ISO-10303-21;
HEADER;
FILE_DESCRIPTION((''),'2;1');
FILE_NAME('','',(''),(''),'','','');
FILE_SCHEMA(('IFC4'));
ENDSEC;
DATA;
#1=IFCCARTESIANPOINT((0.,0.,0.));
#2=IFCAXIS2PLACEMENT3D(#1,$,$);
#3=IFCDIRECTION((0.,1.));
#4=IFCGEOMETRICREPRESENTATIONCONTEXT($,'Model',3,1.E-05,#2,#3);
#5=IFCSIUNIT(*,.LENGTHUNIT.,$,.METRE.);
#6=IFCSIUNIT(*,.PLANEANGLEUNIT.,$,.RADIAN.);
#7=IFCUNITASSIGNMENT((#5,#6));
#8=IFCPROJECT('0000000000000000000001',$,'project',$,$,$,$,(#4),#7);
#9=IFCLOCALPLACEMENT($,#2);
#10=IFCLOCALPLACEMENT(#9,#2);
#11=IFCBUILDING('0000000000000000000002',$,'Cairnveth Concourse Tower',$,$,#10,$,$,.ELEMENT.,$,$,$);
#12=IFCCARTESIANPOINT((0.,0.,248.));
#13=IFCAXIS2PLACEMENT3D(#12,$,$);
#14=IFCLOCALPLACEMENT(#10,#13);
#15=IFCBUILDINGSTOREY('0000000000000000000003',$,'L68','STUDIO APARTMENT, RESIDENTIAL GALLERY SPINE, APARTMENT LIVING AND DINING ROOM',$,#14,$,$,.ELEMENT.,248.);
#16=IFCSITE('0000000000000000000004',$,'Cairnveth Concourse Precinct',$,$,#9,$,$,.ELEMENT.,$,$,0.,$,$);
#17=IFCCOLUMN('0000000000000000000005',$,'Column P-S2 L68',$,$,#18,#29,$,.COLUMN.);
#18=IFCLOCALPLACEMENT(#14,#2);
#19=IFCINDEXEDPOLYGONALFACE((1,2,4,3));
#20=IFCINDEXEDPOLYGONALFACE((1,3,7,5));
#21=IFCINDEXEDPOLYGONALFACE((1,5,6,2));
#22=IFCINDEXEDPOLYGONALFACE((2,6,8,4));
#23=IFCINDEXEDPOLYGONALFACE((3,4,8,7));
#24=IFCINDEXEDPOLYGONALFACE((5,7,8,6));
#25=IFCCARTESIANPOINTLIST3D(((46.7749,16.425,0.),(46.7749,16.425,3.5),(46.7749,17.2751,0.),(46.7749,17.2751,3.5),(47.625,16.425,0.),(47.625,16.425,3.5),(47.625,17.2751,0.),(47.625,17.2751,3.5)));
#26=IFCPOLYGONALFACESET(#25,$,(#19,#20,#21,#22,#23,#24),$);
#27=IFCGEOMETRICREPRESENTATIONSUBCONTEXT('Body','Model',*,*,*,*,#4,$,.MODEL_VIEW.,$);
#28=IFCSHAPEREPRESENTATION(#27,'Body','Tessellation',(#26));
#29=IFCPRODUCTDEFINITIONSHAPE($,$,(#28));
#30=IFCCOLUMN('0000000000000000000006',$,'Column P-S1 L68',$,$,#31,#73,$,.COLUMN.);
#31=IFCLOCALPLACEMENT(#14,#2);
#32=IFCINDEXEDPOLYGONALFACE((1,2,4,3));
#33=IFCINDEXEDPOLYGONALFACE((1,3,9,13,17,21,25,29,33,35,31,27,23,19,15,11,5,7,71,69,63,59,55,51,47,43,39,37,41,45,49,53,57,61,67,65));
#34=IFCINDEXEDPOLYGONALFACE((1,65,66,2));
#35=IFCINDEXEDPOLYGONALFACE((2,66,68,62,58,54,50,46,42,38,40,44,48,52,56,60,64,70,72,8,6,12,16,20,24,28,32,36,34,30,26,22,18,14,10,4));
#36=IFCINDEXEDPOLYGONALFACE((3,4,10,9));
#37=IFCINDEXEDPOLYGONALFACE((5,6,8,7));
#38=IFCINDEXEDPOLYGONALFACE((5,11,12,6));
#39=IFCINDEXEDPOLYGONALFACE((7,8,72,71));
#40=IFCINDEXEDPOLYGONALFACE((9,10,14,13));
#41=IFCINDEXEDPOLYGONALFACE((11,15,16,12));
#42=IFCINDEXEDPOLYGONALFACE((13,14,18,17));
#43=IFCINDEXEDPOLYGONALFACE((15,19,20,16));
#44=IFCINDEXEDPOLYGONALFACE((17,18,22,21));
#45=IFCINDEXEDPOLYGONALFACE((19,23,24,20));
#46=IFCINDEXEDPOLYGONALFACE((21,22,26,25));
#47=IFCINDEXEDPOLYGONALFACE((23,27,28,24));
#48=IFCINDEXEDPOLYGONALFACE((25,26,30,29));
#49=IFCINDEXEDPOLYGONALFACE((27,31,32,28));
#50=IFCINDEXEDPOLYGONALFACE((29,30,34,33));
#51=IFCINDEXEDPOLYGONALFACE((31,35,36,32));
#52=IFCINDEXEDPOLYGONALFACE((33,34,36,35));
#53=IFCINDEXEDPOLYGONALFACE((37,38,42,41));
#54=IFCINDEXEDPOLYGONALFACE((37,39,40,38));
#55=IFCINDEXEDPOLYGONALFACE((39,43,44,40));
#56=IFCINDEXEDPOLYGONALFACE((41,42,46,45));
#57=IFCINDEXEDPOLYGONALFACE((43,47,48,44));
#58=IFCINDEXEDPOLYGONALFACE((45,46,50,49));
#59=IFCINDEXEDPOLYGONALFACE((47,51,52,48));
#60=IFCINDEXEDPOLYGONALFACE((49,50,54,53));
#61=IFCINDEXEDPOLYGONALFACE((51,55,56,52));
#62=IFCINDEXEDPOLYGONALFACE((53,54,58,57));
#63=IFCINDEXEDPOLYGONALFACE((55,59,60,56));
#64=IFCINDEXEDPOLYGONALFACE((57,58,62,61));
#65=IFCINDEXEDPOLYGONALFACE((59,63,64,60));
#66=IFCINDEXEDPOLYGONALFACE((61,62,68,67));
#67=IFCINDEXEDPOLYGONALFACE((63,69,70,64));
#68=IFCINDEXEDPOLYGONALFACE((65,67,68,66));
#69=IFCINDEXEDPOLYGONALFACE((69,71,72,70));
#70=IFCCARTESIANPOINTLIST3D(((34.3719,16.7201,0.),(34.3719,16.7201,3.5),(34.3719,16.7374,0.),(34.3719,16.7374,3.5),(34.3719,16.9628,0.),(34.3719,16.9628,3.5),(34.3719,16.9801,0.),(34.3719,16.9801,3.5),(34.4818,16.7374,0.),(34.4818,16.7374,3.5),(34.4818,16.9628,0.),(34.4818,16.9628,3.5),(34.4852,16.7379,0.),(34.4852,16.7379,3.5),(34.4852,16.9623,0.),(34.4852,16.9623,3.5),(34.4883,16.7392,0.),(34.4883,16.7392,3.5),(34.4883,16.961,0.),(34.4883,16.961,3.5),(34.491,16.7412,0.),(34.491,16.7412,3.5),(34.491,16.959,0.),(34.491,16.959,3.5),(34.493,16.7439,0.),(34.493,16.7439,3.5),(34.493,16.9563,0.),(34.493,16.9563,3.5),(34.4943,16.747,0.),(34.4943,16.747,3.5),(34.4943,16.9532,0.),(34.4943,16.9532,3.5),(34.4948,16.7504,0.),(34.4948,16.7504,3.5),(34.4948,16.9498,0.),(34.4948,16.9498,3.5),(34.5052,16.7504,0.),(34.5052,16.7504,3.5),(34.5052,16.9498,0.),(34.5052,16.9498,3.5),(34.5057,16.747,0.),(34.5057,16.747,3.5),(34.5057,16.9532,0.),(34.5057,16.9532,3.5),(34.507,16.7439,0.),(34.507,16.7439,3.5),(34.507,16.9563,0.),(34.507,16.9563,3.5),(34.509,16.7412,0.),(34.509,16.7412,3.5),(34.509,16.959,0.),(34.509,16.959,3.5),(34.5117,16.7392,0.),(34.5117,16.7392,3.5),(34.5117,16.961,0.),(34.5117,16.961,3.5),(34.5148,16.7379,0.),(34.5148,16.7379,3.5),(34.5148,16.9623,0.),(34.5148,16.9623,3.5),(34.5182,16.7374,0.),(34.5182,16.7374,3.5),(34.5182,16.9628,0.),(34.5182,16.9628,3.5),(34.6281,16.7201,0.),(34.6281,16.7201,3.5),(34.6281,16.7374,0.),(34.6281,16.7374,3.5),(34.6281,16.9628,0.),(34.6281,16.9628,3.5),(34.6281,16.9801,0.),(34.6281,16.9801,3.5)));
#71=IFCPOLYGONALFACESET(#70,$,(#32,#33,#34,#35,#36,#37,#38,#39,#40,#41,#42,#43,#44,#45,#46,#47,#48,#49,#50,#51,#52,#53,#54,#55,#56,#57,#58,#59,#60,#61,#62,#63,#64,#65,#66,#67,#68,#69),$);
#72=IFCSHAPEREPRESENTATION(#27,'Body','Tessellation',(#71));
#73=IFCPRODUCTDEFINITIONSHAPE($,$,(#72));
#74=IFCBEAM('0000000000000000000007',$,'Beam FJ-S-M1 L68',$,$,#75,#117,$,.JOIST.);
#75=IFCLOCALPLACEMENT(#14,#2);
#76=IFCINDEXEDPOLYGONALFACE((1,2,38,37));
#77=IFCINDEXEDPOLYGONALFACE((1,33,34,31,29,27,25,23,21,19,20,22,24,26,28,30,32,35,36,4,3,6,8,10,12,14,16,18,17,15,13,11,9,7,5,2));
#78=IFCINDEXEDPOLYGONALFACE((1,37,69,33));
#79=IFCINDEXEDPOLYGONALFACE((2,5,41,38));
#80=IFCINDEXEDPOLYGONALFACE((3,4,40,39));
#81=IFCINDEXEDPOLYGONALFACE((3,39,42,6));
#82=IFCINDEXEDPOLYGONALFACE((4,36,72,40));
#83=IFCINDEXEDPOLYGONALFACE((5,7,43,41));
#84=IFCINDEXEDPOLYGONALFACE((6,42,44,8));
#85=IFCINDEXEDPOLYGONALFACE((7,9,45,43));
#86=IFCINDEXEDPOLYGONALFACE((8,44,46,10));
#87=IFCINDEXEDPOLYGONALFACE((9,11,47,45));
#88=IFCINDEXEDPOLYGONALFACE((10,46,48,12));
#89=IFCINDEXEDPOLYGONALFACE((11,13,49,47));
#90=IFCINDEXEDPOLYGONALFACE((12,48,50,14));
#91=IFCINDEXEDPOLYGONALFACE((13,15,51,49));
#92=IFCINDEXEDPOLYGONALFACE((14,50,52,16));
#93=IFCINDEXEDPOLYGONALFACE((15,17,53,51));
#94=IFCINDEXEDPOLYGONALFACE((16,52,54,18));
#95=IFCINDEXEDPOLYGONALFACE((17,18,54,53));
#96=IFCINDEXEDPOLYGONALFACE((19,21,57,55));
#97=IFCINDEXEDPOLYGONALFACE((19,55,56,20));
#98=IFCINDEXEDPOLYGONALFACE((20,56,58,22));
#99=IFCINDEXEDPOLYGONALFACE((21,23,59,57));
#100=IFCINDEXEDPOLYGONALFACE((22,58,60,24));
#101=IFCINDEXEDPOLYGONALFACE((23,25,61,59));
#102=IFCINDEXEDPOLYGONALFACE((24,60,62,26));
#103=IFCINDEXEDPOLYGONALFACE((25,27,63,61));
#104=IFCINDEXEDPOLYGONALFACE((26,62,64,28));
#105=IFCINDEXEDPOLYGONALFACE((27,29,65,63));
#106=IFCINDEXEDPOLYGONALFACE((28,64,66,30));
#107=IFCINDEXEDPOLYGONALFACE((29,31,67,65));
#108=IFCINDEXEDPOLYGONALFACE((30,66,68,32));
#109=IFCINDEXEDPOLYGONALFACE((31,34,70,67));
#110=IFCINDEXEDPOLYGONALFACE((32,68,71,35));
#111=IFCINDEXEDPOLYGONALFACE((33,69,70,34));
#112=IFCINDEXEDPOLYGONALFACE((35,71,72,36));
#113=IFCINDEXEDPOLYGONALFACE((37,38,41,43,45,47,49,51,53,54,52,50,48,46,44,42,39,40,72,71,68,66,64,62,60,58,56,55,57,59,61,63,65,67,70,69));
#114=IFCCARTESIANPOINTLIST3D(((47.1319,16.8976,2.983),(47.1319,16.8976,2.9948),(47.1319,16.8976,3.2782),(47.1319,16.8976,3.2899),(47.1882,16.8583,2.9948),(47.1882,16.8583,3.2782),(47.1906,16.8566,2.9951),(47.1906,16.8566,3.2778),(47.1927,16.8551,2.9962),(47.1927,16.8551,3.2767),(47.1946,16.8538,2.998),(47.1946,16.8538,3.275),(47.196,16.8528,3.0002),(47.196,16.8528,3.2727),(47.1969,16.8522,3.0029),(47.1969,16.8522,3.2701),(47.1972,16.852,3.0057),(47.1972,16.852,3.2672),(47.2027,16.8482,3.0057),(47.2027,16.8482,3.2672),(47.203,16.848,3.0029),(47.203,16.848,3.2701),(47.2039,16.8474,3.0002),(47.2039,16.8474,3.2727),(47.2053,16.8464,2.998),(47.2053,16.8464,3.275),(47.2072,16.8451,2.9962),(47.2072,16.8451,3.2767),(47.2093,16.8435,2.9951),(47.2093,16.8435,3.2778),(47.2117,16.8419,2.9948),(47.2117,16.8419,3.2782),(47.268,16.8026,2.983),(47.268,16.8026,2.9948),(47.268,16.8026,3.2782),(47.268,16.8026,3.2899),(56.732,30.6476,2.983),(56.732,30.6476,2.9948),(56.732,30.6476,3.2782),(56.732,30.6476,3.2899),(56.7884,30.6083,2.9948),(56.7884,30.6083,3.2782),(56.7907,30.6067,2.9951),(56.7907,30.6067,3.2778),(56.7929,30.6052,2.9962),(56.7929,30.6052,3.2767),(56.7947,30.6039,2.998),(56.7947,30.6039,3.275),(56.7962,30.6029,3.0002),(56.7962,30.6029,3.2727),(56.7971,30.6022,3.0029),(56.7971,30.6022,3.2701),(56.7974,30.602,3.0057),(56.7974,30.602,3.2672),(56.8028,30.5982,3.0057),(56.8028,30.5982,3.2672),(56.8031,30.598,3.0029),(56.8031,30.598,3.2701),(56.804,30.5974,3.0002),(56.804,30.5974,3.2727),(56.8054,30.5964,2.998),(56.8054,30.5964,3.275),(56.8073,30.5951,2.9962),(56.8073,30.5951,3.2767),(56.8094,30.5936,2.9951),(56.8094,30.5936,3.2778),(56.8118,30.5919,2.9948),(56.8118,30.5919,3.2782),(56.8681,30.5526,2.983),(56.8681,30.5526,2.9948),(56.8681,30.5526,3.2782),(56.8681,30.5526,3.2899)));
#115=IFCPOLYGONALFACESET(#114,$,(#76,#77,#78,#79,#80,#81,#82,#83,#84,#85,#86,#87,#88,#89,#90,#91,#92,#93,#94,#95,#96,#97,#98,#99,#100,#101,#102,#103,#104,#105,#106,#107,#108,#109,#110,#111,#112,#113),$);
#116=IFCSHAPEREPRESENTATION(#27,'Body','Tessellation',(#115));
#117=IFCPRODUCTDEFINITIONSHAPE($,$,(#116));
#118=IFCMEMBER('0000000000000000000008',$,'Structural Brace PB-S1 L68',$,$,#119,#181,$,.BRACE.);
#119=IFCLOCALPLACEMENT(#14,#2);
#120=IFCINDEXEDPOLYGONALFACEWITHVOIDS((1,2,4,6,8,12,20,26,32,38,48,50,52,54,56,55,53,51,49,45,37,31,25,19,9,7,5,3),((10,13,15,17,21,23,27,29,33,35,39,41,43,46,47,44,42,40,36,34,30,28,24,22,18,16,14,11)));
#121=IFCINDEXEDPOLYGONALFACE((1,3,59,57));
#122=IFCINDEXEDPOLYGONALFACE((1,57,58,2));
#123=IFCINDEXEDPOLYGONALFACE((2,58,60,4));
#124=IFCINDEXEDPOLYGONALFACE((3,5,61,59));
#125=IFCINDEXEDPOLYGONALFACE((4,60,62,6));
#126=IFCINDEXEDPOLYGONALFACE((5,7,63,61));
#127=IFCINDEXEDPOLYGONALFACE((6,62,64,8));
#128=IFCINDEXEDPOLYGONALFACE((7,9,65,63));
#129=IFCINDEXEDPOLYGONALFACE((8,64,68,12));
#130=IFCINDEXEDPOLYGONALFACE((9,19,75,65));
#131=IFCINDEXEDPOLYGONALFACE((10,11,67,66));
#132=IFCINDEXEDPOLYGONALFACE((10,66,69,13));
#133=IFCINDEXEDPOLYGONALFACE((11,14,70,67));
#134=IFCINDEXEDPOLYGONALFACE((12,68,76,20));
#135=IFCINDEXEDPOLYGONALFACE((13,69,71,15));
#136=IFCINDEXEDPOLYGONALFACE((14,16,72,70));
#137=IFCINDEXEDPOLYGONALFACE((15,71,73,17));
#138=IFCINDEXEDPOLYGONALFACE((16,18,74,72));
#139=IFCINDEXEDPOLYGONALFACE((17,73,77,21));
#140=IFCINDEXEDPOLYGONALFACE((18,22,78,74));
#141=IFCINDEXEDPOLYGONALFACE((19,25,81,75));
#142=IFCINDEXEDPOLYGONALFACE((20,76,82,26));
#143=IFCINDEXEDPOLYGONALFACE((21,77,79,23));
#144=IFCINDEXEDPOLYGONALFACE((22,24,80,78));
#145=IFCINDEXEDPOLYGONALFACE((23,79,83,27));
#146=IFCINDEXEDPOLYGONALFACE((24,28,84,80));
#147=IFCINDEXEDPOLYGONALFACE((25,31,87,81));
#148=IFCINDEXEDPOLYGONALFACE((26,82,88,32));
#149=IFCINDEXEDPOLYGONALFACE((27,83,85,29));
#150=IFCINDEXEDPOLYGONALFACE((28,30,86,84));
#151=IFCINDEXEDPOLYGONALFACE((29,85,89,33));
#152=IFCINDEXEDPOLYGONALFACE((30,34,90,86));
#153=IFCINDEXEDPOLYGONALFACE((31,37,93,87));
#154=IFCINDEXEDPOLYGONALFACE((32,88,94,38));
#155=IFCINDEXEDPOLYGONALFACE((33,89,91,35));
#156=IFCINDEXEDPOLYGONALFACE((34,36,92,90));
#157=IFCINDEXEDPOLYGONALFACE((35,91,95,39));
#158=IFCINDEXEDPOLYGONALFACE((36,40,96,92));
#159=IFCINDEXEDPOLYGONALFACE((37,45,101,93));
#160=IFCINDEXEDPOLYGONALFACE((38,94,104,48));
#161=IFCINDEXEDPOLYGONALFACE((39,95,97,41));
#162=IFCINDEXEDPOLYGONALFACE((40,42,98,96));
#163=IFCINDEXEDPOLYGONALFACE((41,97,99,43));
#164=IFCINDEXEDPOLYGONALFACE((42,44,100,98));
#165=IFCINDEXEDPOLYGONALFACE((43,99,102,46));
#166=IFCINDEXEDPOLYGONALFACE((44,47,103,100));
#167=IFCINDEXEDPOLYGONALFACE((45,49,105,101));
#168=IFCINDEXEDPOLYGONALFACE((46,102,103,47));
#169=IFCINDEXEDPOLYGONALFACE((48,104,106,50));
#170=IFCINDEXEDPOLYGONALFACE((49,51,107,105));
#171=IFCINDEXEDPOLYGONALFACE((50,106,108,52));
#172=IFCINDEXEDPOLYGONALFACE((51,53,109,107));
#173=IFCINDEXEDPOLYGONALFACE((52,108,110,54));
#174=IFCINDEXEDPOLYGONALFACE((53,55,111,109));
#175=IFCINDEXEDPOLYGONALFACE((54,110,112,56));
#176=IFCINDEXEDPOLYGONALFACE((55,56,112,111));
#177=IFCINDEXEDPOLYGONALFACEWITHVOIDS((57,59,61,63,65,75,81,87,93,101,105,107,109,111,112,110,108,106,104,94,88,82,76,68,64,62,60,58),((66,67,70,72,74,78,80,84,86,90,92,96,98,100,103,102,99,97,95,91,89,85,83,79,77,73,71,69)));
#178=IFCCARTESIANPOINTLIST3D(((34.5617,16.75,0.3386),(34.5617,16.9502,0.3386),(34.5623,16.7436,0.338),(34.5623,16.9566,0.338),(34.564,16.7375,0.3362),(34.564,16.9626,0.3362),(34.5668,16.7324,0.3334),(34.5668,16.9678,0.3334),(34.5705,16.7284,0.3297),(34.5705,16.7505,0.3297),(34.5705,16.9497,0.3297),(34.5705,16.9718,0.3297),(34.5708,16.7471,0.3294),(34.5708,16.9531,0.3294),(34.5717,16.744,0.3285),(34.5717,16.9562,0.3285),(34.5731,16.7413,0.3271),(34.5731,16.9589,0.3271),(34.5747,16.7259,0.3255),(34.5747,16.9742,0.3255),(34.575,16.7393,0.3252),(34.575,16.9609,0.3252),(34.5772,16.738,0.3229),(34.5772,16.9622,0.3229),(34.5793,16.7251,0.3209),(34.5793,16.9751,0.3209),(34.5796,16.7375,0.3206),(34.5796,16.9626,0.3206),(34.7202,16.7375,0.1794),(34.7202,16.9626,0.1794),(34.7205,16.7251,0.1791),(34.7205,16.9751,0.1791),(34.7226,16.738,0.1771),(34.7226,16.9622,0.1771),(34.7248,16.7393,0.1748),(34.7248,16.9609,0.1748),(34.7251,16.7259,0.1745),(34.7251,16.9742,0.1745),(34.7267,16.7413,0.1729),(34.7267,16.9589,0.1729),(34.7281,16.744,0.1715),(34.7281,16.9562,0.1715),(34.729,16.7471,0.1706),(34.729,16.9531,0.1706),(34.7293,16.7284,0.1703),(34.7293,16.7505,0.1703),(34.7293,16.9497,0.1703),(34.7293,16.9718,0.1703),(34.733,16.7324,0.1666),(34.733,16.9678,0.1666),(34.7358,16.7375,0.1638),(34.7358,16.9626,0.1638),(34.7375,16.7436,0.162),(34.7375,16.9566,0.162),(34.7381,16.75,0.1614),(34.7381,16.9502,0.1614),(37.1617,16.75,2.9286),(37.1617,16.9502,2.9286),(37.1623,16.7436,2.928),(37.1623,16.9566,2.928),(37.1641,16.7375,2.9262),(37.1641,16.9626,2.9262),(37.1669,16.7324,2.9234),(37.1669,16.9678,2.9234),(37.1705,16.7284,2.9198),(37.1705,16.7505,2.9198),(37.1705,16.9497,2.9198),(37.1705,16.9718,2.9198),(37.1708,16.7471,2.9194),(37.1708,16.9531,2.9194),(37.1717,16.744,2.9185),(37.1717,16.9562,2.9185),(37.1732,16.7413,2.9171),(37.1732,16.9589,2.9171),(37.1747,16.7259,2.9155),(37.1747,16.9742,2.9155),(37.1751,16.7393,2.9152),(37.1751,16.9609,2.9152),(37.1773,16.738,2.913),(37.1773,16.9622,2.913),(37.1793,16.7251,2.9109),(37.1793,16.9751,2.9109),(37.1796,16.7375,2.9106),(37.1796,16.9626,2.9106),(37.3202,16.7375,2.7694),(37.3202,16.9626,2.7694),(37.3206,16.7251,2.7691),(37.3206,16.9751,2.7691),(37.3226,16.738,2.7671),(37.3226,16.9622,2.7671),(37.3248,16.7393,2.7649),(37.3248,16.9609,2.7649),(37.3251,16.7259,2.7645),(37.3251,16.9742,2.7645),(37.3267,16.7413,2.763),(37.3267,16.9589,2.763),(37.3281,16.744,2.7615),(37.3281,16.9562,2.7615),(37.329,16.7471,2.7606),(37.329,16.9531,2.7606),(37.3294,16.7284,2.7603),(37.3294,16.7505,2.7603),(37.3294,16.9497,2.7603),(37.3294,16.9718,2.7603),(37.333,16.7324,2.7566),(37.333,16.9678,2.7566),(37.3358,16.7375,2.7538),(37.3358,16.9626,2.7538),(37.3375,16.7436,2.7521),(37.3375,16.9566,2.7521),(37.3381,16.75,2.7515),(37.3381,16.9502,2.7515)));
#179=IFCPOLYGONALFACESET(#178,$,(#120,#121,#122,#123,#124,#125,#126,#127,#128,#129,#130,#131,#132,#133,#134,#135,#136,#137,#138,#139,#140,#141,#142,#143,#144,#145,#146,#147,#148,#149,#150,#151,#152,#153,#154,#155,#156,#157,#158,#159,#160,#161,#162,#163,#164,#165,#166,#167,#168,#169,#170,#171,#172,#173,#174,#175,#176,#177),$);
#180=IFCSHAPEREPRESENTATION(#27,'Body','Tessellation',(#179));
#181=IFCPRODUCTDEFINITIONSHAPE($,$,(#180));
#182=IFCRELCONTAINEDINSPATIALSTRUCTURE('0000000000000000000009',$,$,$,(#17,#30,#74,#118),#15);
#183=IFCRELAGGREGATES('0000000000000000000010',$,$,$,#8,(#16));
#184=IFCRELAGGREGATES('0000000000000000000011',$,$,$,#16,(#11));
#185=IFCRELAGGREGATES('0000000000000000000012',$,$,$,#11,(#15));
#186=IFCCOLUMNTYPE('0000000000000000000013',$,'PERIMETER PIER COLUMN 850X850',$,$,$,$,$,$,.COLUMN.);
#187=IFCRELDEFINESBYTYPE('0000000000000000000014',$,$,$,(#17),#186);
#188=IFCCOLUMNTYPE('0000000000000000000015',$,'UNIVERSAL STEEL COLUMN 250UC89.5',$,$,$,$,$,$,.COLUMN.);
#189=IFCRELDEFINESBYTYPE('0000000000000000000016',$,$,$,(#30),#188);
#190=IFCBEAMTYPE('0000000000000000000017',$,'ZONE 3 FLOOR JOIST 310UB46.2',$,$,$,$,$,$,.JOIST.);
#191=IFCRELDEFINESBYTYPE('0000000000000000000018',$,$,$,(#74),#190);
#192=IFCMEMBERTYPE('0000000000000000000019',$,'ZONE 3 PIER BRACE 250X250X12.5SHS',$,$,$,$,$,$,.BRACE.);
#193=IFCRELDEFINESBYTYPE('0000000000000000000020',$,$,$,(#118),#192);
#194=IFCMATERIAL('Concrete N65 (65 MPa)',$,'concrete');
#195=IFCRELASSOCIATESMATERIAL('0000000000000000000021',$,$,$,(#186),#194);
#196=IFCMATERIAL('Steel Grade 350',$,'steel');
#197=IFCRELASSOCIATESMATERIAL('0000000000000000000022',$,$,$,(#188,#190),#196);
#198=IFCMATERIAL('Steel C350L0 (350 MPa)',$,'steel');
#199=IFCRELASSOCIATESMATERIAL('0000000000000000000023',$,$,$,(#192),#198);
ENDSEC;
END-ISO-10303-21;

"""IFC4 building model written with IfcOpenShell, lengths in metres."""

from ifc_helpers import new_model, si_unit, direction, frame, origin, origin_2d, place, context, subcontext, project, spatial, rectangle, hollow_rectangle, i_section, extrude, material, material_profile, profile_set, type_object, element, save


model = new_model("IFC4")

# Units and contexts
model_context = context("Model", 3, precision=1e-05, world=origin(), true_north=direction((0.0, 1.0)))
body_context = subcontext(model_context, "Body", "Model", "MODEL_VIEW")
ifc_project = project(units=[si_unit("LENGTHUNIT", "METRE"), si_unit("PLANEANGLEUNIT", "RADIAN")], contexts=[model_context])

# Site, building, storey
site_placement = place(None, origin())
site = spatial("IfcSite", under=ifc_project, at=site_placement, Name="Cairnveth Concourse Precinct", CompositionType="ELEMENT", RefElevation=0.0)
building_placement = place(site_placement, origin())
building = spatial("IfcBuilding", under=site, at=building_placement, Name="Cairnveth Concourse Tower", CompositionType="ELEMENT")
storey_placement = place(building_placement, frame((0.0, 0.0, 248.0)))
storey = spatial("IfcBuildingStorey", under=building, at=storey_placement, Name="L68", Description="STUDIO APARTMENT, RESIDENTIAL GALLERY SPINE, APARTMENT LIVING AND DINING ROOM", CompositionType="ELEMENT", Elevation=248.0)

# Columns
ifc_material_1 = material(Name="Concrete N65 (65 MPa)", Category="concrete")
ifc_material_profile_1 = material_profile(ifc_material_1, rectangle(XDim=0.8501, YDim=0.8501, at=origin_2d()), Name="RC-COL-850x850")
ifc_profile_set_1 = profile_set([ifc_material_profile_1], Name="Concrete N65 (65 MPa)")
column_type_1 = type_object("IfcColumnType", Name="PERIMETER PIER COLUMN 850X850", PredefinedType="COLUMN", material=ifc_profile_set_1)
column_1_placement = place(storey_placement, frame((47.2, 16.8501, 0.0), z_axis=(0.0, 0.0, 1.0), x_axis=(1.0, 0.0, 0.0)))
element("IfcColumn", 1, at=column_1_placement, inside=storey, type_object=column_type_1, Name="Column P-S2 L68", PredefinedType="COLUMN", context=body_context, shape_type="SweptSolid", body=[
    extrude(rectangle(XDim=0.8501, YDim=0.8501, at=origin_2d()), origin(), (0.0, 0.0, 1.0), 3.5),
])
ifc_material_2 = material(Name="Steel Grade 350", Category="steel")
ifc_material_profile_2 = material_profile(ifc_material_2, i_section(OverallWidth=0.2561, OverallDepth=0.26, WebThickness=0.0105, FlangeThickness=0.0173, FilletRadius=0.0129, at=origin_2d()), Name="250UC89.5")
ifc_profile_set_2 = profile_set([ifc_material_profile_2], Name="Steel Grade 350")
column_type_2 = type_object("IfcColumnType", Name="UNIVERSAL STEEL COLUMN 250UC89.5", PredefinedType="COLUMN", material=ifc_profile_set_2)
column_2_placement = place(storey_placement, frame((34.5, 16.8501, 0.0), z_axis=(0.0, 0.0, 1.0), x_axis=(1.0, 0.0, 0.0)))
element("IfcColumn", 2, at=column_2_placement, inside=storey, type_object=column_type_2, Name="Column P-S1 L68", PredefinedType="COLUMN", context=body_context, shape_type="SweptSolid", body=[
    extrude(i_section(OverallWidth=0.2561, OverallDepth=0.26, WebThickness=0.0105, FlangeThickness=0.0173, FilletRadius=0.0129, at=origin_2d()), origin(), (0.0, 0.0, 1.0), 3.5),
])

# Beam
ifc_material_profile_3 = material_profile(ifc_material_2, i_section(OverallWidth=0.166, OverallDepth=0.3069, WebThickness=0.0066, FlangeThickness=0.0117, FilletRadius=0.011, at=origin_2d()), Name="310UB46.2")
ifc_profile_set_3 = profile_set([ifc_material_profile_3], Name="Steel Grade 350")
beam_type_1 = type_object("IfcBeamType", Name="ZONE 3 FLOOR JOIST 310UB46.2", PredefinedType="JOIST", material=ifc_profile_set_3)
beam_1_placement = place(storey_placement, frame((47.2, 16.8501, 3.1365), z_axis=(0.572465, 0.819929, 0.0), x_axis=(-0.819929, 0.572465, 0.0)))
element("IfcBeam", 3, at=beam_1_placement, inside=storey, type_object=beam_type_1, Name="Beam FJ-S-M1 L68", PredefinedType="JOIST", context=body_context, shape_type="SweptSolid", body=[
    extrude(i_section(OverallWidth=0.166, OverallDepth=0.3069, WebThickness=0.0066, FlangeThickness=0.0117, FilletRadius=0.011, at=origin_2d()), origin(), (0.0, 0.0, 1.0), 16.7698),
])

# Member
ifc_material_3 = material(Name="Steel C350L0 (350 MPa)", Category="steel")
ifc_material_profile_4 = material_profile(ifc_material_3, hollow_rectangle(XDim=0.25, YDim=0.25, WallThickness=0.0125, InnerFilletRadius=0.0129, OuterFilletRadius=0.0249, at=origin_2d()), Name="250x250x12.5SHS")
ifc_profile_set_4 = profile_set([ifc_material_profile_4], Name="Steel C350L0 (350 MPa)")
member_type = type_object("IfcMemberType", Name="ZONE 3 PIER BRACE 250X250X12.5SHS", PredefinedType="BRACE", material=ifc_profile_set_4)
member_placement = place(storey_placement, frame((34.6499, 16.8501, 0.25), z_axis=(0.708469, 0.0, 0.705742), x_axis=(0.0, 1.0, 0.0)))
element("IfcMember", 4, at=member_placement, inside=storey, type_object=member_type, Name="Structural Brace PB-S1 L68", PredefinedType="BRACE", context=body_context, shape_type="SweptSolid", body=[
    extrude(hollow_rectangle(XDim=0.25, YDim=0.25, WallThickness=0.0125, InnerFilletRadius=0.0129, OuterFilletRadius=0.0249, at=origin_2d()), origin(), (0.0, 0.0, 1.0), 3.6699),
])

save(model, "model.ifc")
